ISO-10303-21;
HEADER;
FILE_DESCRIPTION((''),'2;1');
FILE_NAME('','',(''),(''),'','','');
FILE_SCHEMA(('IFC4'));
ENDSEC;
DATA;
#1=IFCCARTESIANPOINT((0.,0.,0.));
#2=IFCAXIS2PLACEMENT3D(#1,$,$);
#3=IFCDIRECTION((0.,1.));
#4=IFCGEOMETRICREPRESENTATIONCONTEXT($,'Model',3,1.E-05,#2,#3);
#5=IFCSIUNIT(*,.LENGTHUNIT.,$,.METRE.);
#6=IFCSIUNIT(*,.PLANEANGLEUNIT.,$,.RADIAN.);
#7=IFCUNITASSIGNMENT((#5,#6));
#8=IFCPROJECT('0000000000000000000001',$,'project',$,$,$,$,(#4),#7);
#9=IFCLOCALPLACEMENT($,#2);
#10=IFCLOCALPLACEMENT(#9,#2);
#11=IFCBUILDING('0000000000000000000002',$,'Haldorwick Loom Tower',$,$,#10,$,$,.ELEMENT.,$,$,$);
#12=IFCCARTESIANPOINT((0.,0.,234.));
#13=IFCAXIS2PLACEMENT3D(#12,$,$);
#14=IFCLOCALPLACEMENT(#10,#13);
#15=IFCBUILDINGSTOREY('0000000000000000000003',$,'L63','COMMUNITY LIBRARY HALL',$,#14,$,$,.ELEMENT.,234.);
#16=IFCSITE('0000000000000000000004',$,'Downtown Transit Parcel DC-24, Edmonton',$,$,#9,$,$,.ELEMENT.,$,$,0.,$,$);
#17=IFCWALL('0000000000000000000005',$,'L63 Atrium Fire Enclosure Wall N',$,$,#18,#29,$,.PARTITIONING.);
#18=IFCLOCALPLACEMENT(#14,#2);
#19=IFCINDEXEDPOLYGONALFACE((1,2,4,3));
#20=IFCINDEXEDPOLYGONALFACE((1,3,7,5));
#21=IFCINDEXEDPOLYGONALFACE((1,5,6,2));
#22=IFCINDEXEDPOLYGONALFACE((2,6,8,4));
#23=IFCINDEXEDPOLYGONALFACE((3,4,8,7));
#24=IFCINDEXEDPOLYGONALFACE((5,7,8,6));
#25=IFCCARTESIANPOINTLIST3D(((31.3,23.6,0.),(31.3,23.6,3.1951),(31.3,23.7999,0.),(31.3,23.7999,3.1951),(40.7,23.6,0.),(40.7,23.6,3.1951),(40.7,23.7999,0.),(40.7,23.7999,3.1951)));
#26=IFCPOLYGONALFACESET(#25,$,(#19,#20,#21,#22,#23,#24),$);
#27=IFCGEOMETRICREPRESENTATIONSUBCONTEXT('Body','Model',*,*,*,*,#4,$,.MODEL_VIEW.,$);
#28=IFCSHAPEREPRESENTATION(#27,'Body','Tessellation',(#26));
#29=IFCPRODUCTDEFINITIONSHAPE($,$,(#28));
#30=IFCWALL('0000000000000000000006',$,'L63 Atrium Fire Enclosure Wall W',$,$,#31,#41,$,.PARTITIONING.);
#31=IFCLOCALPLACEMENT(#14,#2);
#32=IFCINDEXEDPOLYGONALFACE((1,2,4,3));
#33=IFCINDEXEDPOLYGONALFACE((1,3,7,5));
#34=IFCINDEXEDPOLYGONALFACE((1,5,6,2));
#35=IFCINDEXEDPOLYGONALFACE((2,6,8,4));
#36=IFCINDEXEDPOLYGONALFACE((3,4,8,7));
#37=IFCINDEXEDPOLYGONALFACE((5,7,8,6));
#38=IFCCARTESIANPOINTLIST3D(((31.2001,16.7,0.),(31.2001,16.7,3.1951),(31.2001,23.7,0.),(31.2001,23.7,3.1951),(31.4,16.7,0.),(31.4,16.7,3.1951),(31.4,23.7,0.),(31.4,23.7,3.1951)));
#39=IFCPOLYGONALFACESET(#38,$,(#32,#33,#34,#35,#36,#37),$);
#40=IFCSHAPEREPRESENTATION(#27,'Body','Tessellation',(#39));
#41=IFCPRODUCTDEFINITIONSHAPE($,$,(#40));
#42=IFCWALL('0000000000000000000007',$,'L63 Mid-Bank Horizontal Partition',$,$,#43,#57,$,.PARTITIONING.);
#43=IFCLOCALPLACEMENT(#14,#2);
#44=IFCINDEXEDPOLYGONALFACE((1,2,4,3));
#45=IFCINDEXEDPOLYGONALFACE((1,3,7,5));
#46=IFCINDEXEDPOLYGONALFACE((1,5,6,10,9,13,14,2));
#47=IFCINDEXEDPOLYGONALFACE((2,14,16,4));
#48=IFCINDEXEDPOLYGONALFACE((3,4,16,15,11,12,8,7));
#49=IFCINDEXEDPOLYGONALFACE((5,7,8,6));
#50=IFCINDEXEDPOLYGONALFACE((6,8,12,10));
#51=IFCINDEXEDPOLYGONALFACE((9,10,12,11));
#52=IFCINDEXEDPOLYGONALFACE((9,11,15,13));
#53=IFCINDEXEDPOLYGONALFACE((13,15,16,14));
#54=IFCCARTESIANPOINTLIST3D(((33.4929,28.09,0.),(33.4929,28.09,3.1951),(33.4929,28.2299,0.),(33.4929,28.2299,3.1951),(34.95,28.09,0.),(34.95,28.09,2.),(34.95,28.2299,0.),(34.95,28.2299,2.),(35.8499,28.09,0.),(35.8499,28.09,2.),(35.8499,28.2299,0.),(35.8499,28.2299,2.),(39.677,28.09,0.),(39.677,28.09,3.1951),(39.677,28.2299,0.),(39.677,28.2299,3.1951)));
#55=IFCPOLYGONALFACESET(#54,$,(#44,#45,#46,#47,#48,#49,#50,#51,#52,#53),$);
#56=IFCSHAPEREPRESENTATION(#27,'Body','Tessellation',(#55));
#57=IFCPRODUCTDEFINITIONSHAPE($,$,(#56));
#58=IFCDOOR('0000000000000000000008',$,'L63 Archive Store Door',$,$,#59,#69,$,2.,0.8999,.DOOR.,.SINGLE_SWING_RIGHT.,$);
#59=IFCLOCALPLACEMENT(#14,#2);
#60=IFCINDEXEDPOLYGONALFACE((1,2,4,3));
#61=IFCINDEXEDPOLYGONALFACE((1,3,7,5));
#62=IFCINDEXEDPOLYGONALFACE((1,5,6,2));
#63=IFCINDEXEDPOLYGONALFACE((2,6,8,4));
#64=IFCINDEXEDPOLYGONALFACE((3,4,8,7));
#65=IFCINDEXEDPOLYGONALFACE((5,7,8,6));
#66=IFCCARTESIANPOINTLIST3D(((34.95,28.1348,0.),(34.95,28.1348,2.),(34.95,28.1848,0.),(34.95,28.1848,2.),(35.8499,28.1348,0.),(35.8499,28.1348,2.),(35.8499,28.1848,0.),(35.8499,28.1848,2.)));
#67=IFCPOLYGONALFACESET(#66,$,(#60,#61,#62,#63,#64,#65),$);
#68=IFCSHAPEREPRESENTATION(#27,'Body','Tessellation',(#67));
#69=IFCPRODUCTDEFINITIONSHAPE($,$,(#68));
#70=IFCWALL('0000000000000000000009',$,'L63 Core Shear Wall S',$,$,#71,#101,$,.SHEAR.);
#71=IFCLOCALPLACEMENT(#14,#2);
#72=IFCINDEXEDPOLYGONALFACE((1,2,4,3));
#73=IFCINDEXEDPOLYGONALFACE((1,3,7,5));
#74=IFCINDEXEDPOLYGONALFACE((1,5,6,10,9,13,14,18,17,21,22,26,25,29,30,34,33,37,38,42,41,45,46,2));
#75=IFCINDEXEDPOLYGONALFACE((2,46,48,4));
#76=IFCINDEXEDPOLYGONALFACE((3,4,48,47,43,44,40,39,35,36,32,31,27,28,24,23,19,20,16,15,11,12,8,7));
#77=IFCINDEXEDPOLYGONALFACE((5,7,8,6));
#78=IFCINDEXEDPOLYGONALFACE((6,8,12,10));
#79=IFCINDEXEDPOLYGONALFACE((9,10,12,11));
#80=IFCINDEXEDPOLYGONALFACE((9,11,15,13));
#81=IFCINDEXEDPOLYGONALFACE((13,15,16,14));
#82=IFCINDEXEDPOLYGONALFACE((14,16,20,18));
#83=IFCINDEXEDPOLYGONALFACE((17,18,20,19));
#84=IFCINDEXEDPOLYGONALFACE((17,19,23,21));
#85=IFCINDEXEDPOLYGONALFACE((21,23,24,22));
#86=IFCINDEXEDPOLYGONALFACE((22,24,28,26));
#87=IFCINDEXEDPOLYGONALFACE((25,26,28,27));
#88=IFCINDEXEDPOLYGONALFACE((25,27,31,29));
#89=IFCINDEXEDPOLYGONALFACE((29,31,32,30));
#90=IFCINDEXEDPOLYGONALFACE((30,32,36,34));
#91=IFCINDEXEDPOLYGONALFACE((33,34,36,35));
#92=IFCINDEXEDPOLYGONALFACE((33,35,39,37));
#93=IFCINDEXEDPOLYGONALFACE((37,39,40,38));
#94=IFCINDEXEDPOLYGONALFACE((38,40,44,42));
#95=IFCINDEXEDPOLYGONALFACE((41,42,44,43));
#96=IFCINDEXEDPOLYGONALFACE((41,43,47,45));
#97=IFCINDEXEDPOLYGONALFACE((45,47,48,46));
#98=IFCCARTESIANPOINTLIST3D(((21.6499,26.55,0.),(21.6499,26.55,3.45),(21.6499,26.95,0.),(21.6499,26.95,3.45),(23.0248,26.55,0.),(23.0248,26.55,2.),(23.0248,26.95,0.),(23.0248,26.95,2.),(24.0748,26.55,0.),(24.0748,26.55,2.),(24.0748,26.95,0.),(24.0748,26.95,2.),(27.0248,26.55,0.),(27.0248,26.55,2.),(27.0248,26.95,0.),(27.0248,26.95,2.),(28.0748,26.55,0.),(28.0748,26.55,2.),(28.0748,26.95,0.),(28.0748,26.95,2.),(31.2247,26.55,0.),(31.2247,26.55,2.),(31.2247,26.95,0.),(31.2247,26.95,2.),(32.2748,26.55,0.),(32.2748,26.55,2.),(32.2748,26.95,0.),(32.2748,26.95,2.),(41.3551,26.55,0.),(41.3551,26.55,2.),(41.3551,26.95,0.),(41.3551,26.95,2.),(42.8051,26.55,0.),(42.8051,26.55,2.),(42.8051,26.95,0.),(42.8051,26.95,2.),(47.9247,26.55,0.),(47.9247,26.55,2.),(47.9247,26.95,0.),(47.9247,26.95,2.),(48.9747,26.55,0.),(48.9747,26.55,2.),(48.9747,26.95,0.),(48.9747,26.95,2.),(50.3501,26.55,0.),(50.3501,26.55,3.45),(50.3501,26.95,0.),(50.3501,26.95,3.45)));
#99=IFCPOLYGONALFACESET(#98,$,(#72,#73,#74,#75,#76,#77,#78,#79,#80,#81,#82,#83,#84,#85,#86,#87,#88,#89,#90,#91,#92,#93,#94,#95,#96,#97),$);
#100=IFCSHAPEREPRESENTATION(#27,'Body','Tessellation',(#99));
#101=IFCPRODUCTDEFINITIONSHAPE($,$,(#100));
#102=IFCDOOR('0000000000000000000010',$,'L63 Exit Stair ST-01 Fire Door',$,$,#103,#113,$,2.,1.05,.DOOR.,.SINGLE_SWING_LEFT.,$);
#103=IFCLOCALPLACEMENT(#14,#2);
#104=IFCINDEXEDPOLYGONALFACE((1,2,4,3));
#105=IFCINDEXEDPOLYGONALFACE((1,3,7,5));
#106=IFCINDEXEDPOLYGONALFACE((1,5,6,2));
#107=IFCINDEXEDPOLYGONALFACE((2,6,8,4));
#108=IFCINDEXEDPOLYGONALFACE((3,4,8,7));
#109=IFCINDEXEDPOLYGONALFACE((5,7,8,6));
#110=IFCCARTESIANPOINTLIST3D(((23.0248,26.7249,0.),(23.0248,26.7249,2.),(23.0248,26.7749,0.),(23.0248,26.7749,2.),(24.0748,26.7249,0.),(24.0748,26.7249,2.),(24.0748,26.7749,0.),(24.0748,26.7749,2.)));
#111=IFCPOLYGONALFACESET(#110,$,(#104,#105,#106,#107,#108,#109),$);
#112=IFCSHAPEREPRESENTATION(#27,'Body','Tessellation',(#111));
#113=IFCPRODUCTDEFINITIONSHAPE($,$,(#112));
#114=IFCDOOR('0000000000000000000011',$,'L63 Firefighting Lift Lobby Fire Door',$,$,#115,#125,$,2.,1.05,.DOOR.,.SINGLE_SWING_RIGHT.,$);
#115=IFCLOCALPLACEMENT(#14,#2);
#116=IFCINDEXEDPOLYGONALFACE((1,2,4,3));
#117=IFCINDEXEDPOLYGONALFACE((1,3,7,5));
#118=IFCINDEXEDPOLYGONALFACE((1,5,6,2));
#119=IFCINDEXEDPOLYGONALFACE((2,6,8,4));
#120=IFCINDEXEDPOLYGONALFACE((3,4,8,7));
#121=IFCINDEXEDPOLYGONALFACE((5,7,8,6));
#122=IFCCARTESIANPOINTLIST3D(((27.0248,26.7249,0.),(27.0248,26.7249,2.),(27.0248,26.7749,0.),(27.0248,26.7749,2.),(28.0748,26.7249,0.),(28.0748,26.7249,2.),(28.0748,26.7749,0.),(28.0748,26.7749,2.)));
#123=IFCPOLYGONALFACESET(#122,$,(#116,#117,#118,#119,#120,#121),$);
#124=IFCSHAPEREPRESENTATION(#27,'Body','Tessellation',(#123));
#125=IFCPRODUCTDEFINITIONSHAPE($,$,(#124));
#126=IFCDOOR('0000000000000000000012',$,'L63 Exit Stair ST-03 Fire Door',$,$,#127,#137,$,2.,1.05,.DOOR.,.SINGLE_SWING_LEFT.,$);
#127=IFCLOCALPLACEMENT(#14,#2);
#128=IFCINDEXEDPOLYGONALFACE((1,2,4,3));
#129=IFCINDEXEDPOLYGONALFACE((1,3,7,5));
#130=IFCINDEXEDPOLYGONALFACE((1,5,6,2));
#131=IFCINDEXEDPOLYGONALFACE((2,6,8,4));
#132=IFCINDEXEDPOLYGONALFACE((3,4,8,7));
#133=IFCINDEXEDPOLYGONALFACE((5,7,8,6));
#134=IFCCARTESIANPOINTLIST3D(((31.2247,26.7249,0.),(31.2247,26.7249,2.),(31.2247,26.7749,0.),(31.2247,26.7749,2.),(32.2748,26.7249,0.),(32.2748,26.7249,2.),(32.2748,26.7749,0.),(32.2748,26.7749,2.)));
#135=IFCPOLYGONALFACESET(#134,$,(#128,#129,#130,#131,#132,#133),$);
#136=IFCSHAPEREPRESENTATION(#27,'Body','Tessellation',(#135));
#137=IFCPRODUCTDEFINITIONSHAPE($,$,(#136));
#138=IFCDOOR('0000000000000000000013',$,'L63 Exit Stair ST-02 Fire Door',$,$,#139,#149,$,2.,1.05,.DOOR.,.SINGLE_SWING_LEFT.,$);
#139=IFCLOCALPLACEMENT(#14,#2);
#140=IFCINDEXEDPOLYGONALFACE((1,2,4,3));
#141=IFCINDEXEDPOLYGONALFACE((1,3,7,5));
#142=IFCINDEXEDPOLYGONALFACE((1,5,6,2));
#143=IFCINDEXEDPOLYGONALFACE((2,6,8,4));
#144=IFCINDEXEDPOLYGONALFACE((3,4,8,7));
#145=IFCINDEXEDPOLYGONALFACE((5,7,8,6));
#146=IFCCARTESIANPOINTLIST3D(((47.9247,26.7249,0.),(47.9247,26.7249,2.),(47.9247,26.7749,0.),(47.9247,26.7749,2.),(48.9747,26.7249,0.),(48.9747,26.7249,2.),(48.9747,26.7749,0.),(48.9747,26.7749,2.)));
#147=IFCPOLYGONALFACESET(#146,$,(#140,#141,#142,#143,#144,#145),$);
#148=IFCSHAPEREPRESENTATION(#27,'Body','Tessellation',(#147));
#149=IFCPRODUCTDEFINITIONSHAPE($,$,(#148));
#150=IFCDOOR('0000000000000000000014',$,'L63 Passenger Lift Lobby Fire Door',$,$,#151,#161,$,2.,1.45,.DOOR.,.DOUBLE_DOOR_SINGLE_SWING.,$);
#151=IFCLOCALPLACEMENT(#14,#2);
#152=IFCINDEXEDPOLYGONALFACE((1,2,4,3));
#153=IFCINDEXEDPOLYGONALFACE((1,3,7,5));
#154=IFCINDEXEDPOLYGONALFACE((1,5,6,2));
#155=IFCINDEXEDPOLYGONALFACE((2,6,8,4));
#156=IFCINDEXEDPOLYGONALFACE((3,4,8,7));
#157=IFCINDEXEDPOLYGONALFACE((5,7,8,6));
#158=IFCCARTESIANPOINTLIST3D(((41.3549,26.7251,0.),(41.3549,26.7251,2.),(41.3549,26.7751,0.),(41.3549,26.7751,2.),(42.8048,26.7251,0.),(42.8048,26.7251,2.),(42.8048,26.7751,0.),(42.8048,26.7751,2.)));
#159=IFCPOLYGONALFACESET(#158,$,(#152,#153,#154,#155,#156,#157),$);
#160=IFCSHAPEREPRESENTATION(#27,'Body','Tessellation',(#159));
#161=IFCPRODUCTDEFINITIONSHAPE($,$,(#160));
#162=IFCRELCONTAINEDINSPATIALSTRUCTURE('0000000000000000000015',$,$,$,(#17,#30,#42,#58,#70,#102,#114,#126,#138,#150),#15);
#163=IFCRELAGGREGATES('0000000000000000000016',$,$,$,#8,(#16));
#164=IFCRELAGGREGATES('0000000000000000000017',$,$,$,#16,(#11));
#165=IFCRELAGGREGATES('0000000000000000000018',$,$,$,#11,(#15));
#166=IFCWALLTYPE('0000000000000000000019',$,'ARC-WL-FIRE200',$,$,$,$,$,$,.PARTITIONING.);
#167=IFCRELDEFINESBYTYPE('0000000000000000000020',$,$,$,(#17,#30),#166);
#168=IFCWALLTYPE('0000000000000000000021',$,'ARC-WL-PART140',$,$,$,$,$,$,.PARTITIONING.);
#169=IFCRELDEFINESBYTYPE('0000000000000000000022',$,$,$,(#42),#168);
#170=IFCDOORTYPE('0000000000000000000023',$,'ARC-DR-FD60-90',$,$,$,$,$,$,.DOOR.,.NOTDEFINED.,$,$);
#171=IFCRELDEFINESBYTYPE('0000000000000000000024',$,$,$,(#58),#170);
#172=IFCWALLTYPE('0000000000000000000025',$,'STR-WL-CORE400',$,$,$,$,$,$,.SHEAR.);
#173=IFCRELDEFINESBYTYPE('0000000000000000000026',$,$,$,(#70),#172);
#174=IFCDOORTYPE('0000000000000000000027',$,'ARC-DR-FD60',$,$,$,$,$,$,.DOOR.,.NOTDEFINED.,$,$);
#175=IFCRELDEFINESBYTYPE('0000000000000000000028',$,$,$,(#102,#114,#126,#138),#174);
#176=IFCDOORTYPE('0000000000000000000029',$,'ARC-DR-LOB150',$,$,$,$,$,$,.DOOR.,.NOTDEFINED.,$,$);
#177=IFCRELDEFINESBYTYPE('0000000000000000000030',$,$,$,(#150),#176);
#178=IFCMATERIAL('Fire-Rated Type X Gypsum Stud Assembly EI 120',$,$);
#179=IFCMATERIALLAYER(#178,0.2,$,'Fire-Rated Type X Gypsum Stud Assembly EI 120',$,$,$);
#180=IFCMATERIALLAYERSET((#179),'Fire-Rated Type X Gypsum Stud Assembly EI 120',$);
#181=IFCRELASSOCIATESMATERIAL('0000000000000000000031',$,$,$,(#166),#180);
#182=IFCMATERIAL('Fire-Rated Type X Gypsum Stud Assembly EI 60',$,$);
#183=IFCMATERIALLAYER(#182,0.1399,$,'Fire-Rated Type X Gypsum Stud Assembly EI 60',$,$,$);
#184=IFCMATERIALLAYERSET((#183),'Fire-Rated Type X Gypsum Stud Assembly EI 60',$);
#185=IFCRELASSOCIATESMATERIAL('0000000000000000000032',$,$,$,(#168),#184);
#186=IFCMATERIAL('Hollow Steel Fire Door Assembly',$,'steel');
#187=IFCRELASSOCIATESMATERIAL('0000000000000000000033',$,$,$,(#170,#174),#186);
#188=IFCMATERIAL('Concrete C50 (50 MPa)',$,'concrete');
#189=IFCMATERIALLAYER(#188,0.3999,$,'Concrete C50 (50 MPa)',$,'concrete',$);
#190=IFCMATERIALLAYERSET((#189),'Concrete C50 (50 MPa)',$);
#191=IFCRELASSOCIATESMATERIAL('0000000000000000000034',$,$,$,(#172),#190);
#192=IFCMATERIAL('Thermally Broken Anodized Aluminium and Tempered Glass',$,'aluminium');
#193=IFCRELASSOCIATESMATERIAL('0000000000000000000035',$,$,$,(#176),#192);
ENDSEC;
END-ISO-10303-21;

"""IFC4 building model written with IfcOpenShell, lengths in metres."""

from ifc_helpers import new_model, si_unit, direction, frame, frame_2d, origin, place, context, subcontext, project, spatial, rectangle, extrude, material, layer, layer_set, type_object, element, fill, save


model = new_model("IFC4")

# Units and contexts
model_context = context("Model", 3, precision=1e-05, world=origin(), true_north=direction((0.0, 1.0)))
body_context = subcontext(model_context, "Body", "Model", "MODEL_VIEW")
ifc_project = project(units=[si_unit("LENGTHUNIT", "METRE"), si_unit("PLANEANGLEUNIT", "RADIAN")], contexts=[model_context])

# Site, building, storey
site_placement = place(None, origin())
site = spatial("IfcSite", under=ifc_project, at=site_placement, Name="Downtown Transit Parcel DC-24, Edmonton", CompositionType="ELEMENT", RefElevation=0.0)
building_placement = place(site_placement, origin())
building = spatial("IfcBuilding", under=site, at=building_placement, Name="Haldorwick Loom Tower", CompositionType="ELEMENT")
storey_placement = place(building_placement, frame((0.0, 0.0, 234.0)))
storey = spatial("IfcBuildingStorey", under=building, at=storey_placement, Name="L63", Description="COMMUNITY LIBRARY HALL", CompositionType="ELEMENT", Elevation=234.0)

# Shared definitions
ifc_material_1 = material(Name="Concrete C50 (50 MPa)", Category="concrete")

# Walls
ifc_material_2 = material(Name="Fire-Rated Type X Gypsum Stud Assembly EI 60")
ifc_material_3 = material(Name="Fire-Rated Type X Gypsum Stud Assembly EI 120")
ifc_layer_1 = layer(ifc_material_3, 0.2, Name="Fire-Rated Type X Gypsum Stud Assembly EI 120")
ifc_layer_set_1 = layer_set([ifc_layer_1], Name="Fire-Rated Type X Gypsum Stud Assembly EI 120")
wall_type_1 = type_object("IfcWallType", Name="ARC-WL-FIRE200", PredefinedType="PARTITIONING", material=ifc_layer_set_1)
wall_1_placement = place(storey_placement, frame((31.3, 23.7, 0.0), z_axis=(0.0, 0.0, 1.0), x_axis=(1.0, 0.0, 0.0)))
element("IfcWall", 1, at=wall_1_placement, inside=storey, type_object=wall_type_1, Name="L63 Atrium Fire Enclosure Wall N", PredefinedType="PARTITIONING", context=body_context, shape_type="SweptSolid", body=[
    extrude(rectangle(XDim=9.3999, YDim=0.2, at=frame_2d((4.7, 0.0))), origin(), (0.0, 0.0, 1.0), 3.1951),
])
wall_2_placement = place(storey_placement, frame((31.3, 16.7, 0.0), z_axis=(0.0, 0.0, 1.0), x_axis=(0.0, 1.0, 0.0)))
element("IfcWall", 2, at=wall_2_placement, inside=storey, type_object=wall_type_1, Name="L63 Atrium Fire Enclosure Wall W", PredefinedType="PARTITIONING", context=body_context, shape_type="SweptSolid", body=[
    extrude(rectangle(XDim=7.0, YDim=0.2, at=frame_2d((3.5, 0.0))), origin(), (0.0, 0.0, 1.0), 3.1951),
])

# Wall, opening, door
ifc_layer_2 = layer(ifc_material_2, 0.1399, Name="Fire-Rated Type X Gypsum Stud Assembly EI 60")
ifc_layer_set_2 = layer_set([ifc_layer_2], Name="Fire-Rated Type X Gypsum Stud Assembly EI 60")
wall_type_2 = type_object("IfcWallType", Name="ARC-WL-PART140", PredefinedType="PARTITIONING", material=ifc_layer_set_2)
wall_3_placement = place(storey_placement, frame((33.4929, 28.1599, 0.0), z_axis=(0.0, 0.0, 1.0), x_axis=(1.0, 0.0, 0.0)))
wall_3 = element("IfcWall", 3, at=wall_3_placement, inside=storey, type_object=wall_type_2, Name="L63 Mid-Bank Horizontal Partition", PredefinedType="PARTITIONING", context=body_context, shape_type="SweptSolid", body=[
    extrude(rectangle(XDim=6.1841, YDim=0.1399, at=frame_2d((3.092, 0.0))), origin(), (0.0, 0.0, 1.0), 3.1951),
])
opening_1_placement = place(wall_3_placement, frame((1.457, 0.0, 0.0)))
opening_1 = element("IfcOpeningElement", 4, at=opening_1_placement, cuts=wall_3, PredefinedType="OPENING", context=body_context, shape_type="SweptSolid", body=[
    extrude(rectangle(XDim=0.8999, YDim=2.0, at=frame_2d((0.45, 1.0))), frame((0.0, 0.0798, 0.0), z_axis=(0.0, -1.0, 0.0), x_axis=(1.0, 0.0, 0.0)), (0.0, 0.0, 1.0), 0.1599),
])
ifc_material_4 = material(Name="Hollow Steel Fire Door Assembly", Category="steel")
door_type_1 = type_object("IfcDoorType", Name="ARC-DR-FD60-90", OperationType="NOTDEFINED", PredefinedType="DOOR", material=ifc_material_4)
door_1_placement = place(opening_1_placement, origin())
door_1 = element("IfcDoor", 5, at=door_1_placement, inside=storey, type_object=door_type_1, Name="L63 Archive Store Door", OperationType="SINGLE_SWING_RIGHT", OverallHeight=2.0, OverallWidth=0.8999, PredefinedType="DOOR", context=body_context, shape_type="SweptSolid", body=[
    extrude(rectangle(XDim=0.8999, YDim=2.0, at=frame_2d((0.45, 1.0))), frame((0.0, 0.0249, 0.0), z_axis=(0.0, -1.0, 0.0), x_axis=(1.0, 0.0, 0.0)), (0.0, 0.0, 1.0), 0.05),
])
fill(opening_1, door_1)

# Wall, openings, doors
ifc_layer_3 = layer(ifc_material_1, 0.3999, Name="Concrete C50 (50 MPa)", Category="concrete")
ifc_layer_set_3 = layer_set([ifc_layer_3], Name="Concrete C50 (50 MPa)")
wall_type_3 = type_object("IfcWallType", Name="STR-WL-CORE400", PredefinedType="SHEAR", material=ifc_layer_set_3)
wall_4_placement = place(storey_placement, frame((21.6499, 26.75, 0.0), z_axis=(0.0, 0.0, 1.0), x_axis=(1.0, 0.0, 0.0)))
wall_4 = element("IfcWall", 6, at=wall_4_placement, inside=storey, type_object=wall_type_3, Name="L63 Core Shear Wall S", PredefinedType="SHEAR", context=body_context, shape_type="SweptSolid", body=[
    extrude(rectangle(XDim=28.7002, YDim=0.3999, at=frame_2d((14.3501, 0.0))), origin(), (0.0, 0.0, 1.0), 3.45),
])
opening_2_placement = place(wall_4_placement, frame((1.375, 0.0, 0.0)))
opening_2 = element("IfcOpeningElement", 7, at=opening_2_placement, cuts=wall_4, PredefinedType="OPENING", context=body_context, shape_type="SweptSolid", body=[
    extrude(rectangle(XDim=1.05, YDim=2.0, at=frame_2d((0.5249, 1.0))), frame((0.0, 0.21, 0.0), z_axis=(0.0, -1.0, 0.0), x_axis=(1.0, 0.0, 0.0)), (0.0, 0.0, 1.0), 0.4199),
])
opening_3_placement = place(wall_4_placement, frame((5.375, 0.0, 0.0)))
opening_3 = element("IfcOpeningElement", 8, at=opening_3_placement, cuts=wall_4, PredefinedType="OPENING", context=body_context, shape_type="SweptSolid", body=[
    extrude(rectangle(XDim=1.05, YDim=2.0, at=frame_2d((0.5249, 1.0))), frame((0.0, 0.21, 0.0), z_axis=(0.0, -1.0, 0.0), x_axis=(1.0, 0.0, 0.0)), (0.0, 0.0, 1.0), 0.4199),
])
opening_4_placement = place(wall_4_placement, frame((9.575, 0.0, 0.0)))
opening_4 = element("IfcOpeningElement", 9, at=opening_4_placement, cuts=wall_4, PredefinedType="OPENING", context=body_context, shape_type="SweptSolid", body=[
    extrude(rectangle(XDim=1.05, YDim=2.0, at=frame_2d((0.5249, 1.0))), frame((0.0, 0.21, 0.0), z_axis=(0.0, -1.0, 0.0), x_axis=(1.0, 0.0, 0.0)), (0.0, 0.0, 1.0), 0.4199),
])
opening_5_placement = place(wall_4_placement, frame((19.7051, 0.0, 0.0)))
opening_5 = element("IfcOpeningElement", 10, at=opening_5_placement, cuts=wall_4, PredefinedType="OPENING", context=body_context, shape_type="SweptSolid", body=[
    extrude(rectangle(XDim=1.45, YDim=2.0, at=frame_2d((0.7251, 1.0))), frame((0.0, 0.21, 0.0), z_axis=(0.0, -1.0, 0.0), x_axis=(1.0, 0.0, 0.0)), (0.0, 0.0, 1.0), 0.4199),
])
opening_6_placement = place(wall_4_placement, frame((26.2749, 0.0, 0.0)))
opening_6 = element("IfcOpeningElement", 11, at=opening_6_placement, cuts=wall_4, PredefinedType="OPENING", context=body_context, shape_type="SweptSolid", body=[
    extrude(rectangle(XDim=1.05, YDim=2.0, at=frame_2d((0.5249, 1.0))), frame((0.0, 0.21, 0.0), z_axis=(0.0, -1.0, 0.0), x_axis=(1.0, 0.0, 0.0)), (0.0, 0.0, 1.0), 0.4199),
])
door_type_2 = type_object("IfcDoorType", Name="ARC-DR-FD60", OperationType="NOTDEFINED", PredefinedType="DOOR", material=ifc_material_4)
door_2_placement = place(opening_2_placement, origin())
door_2 = element("IfcDoor", 12, at=door_2_placement, inside=storey, type_object=door_type_2, Name="L63 Exit Stair ST-01 Fire Door", OperationType="SINGLE_SWING_LEFT", OverallHeight=2.0, OverallWidth=1.05, PredefinedType="DOOR", context=body_context, shape_type="SweptSolid", body=[
    extrude(rectangle(XDim=1.05, YDim=2.0, at=frame_2d((0.5249, 1.0))), frame((0.0, 0.0249, 0.0), z_axis=(0.0, -1.0, 0.0), x_axis=(1.0, 0.0, 0.0)), (0.0, 0.0, 1.0), 0.05),
])
fill(opening_2, door_2)
door_3_placement = place(opening_3_placement, origin())
door_3 = element("IfcDoor", 13, at=door_3_placement, inside=storey, type_object=door_type_2, Name="L63 Firefighting Lift Lobby Fire Door", OperationType="SINGLE_SWING_RIGHT", OverallHeight=2.0, OverallWidth=1.05, PredefinedType="DOOR", context=body_context, shape_type="SweptSolid", body=[
    extrude(rectangle(XDim=1.05, YDim=2.0, at=frame_2d((0.5249, 1.0))), frame((0.0, 0.0249, 0.0), z_axis=(0.0, -1.0, 0.0), x_axis=(1.0, 0.0, 0.0)), (0.0, 0.0, 1.0), 0.05),
])
fill(opening_3, door_3)
door_4_placement = place(opening_4_placement, origin())
door_4 = element("IfcDoor", 14, at=door_4_placement, inside=storey, type_object=door_type_2, Name="L63 Exit Stair ST-03 Fire Door", OperationType="SINGLE_SWING_LEFT", OverallHeight=2.0, OverallWidth=1.05, PredefinedType="DOOR", context=body_context, shape_type="SweptSolid", body=[
    extrude(rectangle(XDim=1.05, YDim=2.0, at=frame_2d((0.5249, 1.0))), frame((0.0, 0.0249, 0.0), z_axis=(0.0, -1.0, 0.0), x_axis=(1.0, 0.0, 0.0)), (0.0, 0.0, 1.0), 0.05),
])
fill(opening_4, door_4)
door_5_placement = place(opening_6_placement, origin())
door_5 = element("IfcDoor", 15, at=door_5_placement, inside=storey, type_object=door_type_2, Name="L63 Exit Stair ST-02 Fire Door", OperationType="SINGLE_SWING_LEFT", OverallHeight=2.0, OverallWidth=1.05, PredefinedType="DOOR", context=body_context, shape_type="SweptSolid", body=[
    extrude(rectangle(XDim=1.05, YDim=2.0, at=frame_2d((0.5249, 1.0))), frame((0.0, 0.0249, 0.0), z_axis=(0.0, -1.0, 0.0), x_axis=(1.0, 0.0, 0.0)), (0.0, 0.0, 1.0), 0.05),
])
fill(opening_6, door_5)
ifc_material_5 = material(Name="Thermally Broken Anodized Aluminium and Tempered Glass", Category="aluminium")
door_type_3 = type_object("IfcDoorType", Name="ARC-DR-LOB150", OperationType="NOTDEFINED", PredefinedType="DOOR", material=ifc_material_5)
door_6_placement = place(opening_5_placement, frame((1.45, 0.0, 0.0), z_axis=(0.0, 0.0, 1.0), x_axis=(-1.0, 0.0, 0.0)))
door_6 = element("IfcDoor", 16, at=door_6_placement, inside=storey, type_object=door_type_3, Name="L63 Passenger Lift Lobby Fire Door", OperationType="DOUBLE_DOOR_SINGLE_SWING", OverallHeight=2.0, OverallWidth=1.45, PredefinedType="DOOR", context=body_context, shape_type="SweptSolid", body=[
    extrude(rectangle(XDim=1.45, YDim=2.0, at=frame_2d((0.7251, 1.0))), frame((0.0, 0.0249, 0.0), z_axis=(0.0, -1.0, 0.0), x_axis=(1.0, 0.0, 0.0)), (0.0, 0.0, 1.0), 0.05),
])
fill(opening_5, door_6)

save(model, "model.ifc")
